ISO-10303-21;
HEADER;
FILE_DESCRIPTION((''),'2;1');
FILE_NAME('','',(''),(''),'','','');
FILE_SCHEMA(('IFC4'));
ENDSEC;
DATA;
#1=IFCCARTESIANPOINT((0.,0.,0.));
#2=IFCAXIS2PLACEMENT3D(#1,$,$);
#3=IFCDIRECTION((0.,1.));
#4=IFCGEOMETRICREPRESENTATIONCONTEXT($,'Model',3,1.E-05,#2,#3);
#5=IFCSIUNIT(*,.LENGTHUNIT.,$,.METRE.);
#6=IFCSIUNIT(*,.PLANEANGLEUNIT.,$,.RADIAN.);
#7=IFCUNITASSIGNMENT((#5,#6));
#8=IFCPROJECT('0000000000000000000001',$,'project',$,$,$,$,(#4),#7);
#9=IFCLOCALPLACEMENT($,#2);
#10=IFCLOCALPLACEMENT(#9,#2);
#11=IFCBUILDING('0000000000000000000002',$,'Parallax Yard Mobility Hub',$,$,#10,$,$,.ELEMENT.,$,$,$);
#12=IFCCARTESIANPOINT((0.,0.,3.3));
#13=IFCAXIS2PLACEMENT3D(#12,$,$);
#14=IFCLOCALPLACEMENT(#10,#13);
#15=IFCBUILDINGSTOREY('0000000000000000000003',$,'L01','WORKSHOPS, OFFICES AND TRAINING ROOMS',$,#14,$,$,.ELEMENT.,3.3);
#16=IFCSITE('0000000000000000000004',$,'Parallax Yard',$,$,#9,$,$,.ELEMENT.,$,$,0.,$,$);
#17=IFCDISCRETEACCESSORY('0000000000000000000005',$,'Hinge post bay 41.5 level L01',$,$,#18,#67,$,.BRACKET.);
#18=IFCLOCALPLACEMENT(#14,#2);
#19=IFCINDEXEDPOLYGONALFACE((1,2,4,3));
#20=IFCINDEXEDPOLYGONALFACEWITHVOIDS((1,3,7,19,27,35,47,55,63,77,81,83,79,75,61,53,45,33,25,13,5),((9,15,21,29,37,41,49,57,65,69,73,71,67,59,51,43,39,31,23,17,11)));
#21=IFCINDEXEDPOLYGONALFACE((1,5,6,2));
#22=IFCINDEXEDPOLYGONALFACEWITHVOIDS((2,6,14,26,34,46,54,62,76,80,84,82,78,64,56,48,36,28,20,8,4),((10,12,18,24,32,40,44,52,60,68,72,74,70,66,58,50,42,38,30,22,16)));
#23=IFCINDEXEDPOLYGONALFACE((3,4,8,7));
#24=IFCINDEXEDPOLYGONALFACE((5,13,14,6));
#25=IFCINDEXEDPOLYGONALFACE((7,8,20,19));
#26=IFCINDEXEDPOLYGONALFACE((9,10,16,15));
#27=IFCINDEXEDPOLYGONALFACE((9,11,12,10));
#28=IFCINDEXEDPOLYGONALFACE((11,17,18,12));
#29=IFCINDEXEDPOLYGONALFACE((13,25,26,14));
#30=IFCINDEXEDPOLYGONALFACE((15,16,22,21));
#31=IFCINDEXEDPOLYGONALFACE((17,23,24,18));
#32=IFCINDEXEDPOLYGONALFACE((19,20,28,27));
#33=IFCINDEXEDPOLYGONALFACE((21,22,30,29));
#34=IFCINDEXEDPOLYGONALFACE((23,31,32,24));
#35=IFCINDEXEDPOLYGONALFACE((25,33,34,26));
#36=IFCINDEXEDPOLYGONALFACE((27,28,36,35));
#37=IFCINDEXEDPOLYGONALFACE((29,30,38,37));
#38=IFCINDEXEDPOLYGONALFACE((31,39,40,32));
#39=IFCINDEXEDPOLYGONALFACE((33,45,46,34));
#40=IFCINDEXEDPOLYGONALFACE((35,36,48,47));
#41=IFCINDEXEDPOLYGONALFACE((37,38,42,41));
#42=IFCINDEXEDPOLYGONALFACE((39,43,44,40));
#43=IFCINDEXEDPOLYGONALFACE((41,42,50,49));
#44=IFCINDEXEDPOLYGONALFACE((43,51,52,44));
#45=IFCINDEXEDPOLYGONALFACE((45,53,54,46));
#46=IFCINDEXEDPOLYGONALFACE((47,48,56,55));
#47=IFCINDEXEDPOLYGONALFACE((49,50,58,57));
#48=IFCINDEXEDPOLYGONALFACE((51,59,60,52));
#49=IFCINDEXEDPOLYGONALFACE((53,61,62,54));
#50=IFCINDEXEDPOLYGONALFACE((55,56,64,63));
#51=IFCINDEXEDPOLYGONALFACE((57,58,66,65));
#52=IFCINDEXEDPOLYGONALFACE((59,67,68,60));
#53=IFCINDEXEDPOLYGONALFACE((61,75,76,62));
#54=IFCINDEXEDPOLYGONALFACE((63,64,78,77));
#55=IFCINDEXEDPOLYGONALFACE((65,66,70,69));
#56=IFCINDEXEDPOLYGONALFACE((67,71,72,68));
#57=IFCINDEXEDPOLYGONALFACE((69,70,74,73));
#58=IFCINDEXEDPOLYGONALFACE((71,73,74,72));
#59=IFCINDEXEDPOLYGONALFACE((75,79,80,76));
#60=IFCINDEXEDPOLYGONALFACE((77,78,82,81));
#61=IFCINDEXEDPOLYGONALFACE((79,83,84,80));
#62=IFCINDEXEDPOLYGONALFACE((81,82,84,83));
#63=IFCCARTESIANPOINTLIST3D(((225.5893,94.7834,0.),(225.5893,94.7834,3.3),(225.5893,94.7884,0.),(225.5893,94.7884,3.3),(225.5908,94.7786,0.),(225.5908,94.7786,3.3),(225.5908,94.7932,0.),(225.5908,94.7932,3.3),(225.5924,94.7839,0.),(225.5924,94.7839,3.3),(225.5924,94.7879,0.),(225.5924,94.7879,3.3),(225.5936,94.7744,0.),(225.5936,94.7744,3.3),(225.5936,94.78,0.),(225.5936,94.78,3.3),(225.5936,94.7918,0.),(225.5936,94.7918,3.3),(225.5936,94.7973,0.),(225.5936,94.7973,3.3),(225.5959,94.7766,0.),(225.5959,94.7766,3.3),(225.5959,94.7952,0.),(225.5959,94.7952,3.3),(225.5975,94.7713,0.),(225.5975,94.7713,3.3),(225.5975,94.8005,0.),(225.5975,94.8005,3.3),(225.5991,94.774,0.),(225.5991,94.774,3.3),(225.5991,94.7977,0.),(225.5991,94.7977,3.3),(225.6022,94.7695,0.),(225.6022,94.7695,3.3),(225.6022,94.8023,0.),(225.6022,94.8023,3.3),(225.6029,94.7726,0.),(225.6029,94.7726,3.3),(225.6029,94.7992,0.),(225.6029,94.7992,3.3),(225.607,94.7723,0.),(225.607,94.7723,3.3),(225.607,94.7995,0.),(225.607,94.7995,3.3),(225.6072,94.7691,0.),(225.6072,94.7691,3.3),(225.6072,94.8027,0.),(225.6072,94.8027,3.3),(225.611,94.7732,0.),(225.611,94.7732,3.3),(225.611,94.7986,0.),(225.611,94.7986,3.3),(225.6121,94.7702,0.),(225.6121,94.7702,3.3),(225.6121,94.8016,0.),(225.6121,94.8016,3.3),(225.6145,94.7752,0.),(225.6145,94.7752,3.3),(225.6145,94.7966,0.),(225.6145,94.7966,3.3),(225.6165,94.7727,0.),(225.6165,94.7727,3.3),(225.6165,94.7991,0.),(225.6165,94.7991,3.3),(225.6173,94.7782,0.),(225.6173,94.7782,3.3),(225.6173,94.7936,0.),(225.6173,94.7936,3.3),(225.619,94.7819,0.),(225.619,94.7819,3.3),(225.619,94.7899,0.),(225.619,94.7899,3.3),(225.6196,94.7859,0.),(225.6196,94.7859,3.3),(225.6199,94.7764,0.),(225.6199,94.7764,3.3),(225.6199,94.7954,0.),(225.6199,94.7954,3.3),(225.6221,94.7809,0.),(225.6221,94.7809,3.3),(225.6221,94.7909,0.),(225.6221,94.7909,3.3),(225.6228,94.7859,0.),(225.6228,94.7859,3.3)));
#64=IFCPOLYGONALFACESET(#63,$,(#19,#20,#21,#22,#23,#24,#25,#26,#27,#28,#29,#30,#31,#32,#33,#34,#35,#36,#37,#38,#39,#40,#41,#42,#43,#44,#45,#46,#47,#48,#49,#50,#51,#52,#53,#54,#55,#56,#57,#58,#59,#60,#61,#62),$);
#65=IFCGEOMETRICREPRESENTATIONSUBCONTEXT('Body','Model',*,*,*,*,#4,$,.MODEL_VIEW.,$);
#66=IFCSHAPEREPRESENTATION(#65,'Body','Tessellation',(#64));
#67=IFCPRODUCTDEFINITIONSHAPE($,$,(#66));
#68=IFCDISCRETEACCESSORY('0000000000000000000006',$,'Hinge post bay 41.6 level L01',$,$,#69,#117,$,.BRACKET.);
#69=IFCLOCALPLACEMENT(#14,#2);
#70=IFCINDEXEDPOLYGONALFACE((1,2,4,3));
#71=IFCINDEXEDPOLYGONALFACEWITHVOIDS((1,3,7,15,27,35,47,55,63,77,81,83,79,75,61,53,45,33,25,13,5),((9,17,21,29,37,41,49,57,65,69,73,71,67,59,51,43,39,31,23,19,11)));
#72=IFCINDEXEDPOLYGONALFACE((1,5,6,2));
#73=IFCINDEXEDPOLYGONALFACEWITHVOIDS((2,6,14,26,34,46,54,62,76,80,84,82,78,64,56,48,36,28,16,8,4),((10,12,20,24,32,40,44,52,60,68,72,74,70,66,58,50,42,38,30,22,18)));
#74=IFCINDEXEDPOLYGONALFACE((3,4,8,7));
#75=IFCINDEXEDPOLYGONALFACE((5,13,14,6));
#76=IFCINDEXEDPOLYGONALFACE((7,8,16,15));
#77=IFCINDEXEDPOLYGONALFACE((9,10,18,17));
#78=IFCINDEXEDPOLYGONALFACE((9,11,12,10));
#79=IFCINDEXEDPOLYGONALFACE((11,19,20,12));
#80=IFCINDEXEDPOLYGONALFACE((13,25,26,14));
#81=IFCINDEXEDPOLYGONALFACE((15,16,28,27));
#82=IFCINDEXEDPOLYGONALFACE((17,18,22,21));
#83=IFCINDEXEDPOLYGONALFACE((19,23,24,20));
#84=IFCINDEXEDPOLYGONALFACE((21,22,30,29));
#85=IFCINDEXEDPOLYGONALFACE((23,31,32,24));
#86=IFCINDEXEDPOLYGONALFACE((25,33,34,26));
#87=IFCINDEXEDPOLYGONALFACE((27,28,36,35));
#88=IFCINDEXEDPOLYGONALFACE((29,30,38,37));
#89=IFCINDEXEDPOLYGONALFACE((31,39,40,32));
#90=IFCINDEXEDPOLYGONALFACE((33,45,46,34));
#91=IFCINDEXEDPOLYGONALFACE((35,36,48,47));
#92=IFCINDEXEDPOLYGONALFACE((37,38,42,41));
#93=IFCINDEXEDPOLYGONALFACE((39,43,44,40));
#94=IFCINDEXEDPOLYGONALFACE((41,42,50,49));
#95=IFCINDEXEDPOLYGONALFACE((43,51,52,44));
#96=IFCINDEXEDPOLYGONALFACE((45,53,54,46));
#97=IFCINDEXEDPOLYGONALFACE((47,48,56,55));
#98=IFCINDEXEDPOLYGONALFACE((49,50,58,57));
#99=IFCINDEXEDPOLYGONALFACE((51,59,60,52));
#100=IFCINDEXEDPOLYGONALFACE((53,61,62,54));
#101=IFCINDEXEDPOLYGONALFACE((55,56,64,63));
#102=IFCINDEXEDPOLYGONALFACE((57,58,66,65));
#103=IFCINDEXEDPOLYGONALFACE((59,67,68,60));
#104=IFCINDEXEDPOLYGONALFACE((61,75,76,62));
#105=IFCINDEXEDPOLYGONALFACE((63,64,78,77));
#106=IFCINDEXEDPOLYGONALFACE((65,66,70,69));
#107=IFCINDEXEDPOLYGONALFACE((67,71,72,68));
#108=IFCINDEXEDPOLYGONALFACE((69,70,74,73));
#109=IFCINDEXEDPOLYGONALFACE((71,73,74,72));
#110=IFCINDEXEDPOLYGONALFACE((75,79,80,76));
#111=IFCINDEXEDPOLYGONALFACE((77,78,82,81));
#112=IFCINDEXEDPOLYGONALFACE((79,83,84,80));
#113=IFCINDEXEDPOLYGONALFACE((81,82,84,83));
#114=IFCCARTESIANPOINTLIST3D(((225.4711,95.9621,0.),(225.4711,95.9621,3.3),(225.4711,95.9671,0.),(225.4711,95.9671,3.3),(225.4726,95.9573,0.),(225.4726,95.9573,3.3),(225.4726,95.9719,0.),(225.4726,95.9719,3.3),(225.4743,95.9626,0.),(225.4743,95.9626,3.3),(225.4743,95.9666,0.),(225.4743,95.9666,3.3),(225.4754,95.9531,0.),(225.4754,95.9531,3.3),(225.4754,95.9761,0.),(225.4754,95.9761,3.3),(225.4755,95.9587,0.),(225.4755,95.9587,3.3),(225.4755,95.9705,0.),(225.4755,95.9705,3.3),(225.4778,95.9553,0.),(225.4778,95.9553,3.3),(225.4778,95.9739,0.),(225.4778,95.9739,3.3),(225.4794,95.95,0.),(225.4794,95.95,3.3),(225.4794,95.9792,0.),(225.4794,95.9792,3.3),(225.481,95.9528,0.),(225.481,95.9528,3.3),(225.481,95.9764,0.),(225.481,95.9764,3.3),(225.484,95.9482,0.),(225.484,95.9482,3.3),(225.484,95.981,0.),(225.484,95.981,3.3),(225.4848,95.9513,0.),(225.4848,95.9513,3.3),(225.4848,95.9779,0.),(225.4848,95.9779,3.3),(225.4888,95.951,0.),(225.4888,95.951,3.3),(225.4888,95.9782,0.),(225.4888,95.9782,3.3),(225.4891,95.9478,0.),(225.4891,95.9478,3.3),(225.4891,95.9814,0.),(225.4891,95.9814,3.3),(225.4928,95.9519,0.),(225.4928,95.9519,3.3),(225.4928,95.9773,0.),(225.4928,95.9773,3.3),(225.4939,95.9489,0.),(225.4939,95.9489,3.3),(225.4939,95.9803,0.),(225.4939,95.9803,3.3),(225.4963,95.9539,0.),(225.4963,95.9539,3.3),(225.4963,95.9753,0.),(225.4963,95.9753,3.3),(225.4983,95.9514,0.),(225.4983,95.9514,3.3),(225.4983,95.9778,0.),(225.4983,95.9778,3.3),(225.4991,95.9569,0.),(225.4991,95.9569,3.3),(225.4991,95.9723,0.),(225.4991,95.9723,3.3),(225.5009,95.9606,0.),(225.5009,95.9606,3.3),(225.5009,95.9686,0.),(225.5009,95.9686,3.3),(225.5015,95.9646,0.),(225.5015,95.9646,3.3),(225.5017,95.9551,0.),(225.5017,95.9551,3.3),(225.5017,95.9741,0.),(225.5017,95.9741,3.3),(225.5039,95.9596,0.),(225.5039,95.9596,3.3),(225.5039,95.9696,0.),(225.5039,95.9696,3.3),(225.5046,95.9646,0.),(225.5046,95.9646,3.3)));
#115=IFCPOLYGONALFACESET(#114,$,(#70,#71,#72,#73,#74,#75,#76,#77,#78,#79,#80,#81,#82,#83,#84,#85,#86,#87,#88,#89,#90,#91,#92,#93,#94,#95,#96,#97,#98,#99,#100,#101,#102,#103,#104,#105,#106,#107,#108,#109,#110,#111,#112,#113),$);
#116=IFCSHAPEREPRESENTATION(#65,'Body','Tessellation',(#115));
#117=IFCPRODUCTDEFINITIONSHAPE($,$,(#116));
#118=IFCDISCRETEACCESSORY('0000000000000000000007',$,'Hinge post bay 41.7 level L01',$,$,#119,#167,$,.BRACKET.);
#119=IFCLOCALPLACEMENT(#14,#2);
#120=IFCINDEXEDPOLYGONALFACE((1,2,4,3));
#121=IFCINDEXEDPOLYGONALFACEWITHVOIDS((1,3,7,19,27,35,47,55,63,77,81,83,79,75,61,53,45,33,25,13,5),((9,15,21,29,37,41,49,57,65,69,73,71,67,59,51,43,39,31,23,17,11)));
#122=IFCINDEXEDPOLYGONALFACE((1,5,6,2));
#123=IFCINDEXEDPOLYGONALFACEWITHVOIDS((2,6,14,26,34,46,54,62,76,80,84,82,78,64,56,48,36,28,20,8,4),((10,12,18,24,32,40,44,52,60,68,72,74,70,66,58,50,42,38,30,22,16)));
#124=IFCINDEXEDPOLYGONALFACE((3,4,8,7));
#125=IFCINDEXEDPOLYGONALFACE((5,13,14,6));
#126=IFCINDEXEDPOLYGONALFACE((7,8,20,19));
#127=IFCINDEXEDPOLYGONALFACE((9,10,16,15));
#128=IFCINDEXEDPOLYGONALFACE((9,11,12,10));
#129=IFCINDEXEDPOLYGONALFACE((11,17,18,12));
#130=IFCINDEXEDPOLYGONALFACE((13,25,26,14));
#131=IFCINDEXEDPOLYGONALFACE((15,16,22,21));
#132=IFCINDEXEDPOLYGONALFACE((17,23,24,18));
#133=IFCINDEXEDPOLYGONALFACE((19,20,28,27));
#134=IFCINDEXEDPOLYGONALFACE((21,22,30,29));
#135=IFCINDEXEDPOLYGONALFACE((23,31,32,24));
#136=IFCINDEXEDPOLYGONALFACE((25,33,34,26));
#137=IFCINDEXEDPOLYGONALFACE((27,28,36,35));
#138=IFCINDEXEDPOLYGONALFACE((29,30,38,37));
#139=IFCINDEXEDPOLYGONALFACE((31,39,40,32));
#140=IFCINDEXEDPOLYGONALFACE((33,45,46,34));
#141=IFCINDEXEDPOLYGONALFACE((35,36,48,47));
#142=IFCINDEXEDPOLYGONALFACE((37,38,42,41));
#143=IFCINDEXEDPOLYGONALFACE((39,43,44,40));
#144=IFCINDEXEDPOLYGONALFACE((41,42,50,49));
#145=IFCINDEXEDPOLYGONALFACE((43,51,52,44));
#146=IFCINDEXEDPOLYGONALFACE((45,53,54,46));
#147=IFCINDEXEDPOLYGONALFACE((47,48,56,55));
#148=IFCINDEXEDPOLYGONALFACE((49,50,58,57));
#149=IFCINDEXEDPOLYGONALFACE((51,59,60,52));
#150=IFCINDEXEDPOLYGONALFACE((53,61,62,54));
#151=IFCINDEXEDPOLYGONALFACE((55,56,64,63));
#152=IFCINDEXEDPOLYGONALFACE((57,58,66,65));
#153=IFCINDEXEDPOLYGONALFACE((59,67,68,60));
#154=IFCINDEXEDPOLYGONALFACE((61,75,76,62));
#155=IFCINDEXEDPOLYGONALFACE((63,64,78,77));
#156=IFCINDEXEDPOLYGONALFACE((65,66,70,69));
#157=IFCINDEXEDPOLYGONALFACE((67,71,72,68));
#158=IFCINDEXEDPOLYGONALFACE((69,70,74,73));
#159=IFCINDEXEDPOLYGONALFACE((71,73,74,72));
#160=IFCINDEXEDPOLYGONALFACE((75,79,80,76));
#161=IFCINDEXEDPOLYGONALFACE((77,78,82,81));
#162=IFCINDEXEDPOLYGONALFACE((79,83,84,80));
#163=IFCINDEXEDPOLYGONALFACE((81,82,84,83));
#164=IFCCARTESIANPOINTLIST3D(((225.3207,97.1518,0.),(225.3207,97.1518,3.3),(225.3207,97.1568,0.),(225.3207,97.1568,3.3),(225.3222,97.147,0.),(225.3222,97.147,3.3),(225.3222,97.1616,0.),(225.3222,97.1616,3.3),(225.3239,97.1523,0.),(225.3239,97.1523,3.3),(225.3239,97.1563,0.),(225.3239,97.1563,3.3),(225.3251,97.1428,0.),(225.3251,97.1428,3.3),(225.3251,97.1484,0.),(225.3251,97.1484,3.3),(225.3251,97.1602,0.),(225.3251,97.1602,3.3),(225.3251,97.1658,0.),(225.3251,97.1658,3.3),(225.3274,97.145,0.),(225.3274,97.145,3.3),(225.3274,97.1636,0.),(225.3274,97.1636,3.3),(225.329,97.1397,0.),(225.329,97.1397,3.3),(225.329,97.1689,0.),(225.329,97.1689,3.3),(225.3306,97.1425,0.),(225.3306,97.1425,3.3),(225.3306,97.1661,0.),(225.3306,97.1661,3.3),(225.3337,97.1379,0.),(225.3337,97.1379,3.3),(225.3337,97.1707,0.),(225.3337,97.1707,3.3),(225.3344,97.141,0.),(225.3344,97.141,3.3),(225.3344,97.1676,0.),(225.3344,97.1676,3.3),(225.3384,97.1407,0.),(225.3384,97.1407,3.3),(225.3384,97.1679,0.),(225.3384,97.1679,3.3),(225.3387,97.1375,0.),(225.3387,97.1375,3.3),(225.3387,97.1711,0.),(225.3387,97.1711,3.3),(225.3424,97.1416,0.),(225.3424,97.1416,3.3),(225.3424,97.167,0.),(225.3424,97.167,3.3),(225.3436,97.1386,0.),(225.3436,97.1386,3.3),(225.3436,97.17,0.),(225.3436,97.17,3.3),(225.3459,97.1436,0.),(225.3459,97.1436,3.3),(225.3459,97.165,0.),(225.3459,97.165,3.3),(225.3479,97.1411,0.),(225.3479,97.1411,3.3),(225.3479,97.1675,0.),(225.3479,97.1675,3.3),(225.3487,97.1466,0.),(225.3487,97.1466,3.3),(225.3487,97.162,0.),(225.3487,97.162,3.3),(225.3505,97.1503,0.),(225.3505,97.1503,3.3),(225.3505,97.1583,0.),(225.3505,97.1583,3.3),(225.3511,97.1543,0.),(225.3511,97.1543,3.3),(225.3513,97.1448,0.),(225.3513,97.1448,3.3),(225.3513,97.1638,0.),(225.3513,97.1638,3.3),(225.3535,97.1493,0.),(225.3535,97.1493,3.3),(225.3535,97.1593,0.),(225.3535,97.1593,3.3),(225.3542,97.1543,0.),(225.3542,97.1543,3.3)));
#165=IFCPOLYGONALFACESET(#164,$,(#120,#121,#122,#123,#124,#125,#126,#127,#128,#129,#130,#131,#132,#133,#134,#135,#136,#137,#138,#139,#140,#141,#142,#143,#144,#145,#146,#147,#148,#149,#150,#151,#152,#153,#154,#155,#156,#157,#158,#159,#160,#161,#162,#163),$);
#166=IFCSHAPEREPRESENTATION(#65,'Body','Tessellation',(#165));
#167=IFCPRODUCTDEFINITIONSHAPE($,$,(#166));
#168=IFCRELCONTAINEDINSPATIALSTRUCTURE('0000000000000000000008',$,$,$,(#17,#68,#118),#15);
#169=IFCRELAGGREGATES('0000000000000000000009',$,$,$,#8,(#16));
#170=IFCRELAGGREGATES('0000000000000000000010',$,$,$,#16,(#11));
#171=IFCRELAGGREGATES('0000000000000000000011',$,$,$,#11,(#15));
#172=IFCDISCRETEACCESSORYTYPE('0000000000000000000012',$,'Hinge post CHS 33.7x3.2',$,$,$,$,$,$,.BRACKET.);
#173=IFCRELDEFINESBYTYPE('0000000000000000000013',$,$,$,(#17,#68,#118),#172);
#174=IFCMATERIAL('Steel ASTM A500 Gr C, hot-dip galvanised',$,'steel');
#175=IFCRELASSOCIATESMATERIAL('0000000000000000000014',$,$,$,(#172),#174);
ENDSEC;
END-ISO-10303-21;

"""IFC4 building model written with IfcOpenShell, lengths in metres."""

from ifc_helpers import new_model, si_unit, direction, frame, origin, origin_2d, place, context, subcontext, project, spatial, hollow_circle, extrude, material, material_profile, profile_set, type_object, element, save


model = new_model("IFC4")

# Units and contexts
model_context = context("Model", 3, precision=1e-05, world=origin(), true_north=direction((0.0, 1.0)))
body_context = subcontext(model_context, "Body", "Model", "MODEL_VIEW")
ifc_project = project(units=[si_unit("LENGTHUNIT", "METRE"), si_unit("PLANEANGLEUNIT", "RADIAN")], contexts=[model_context])

# Site, building, storey
site_placement = place(None, origin())
site = spatial("IfcSite", under=ifc_project, at=site_placement, Name="Parallax Yard", CompositionType="ELEMENT", RefElevation=0.0)
building_placement = place(site_placement, origin())
building = spatial("IfcBuilding", under=site, at=building_placement, Name="Parallax Yard Mobility Hub", CompositionType="ELEMENT")
storey_placement = place(building_placement, frame((0.0, 0.0, 3.3)))
storey = spatial("IfcBuildingStorey", under=building, at=storey_placement, Name="L01", Description="WORKSHOPS, OFFICES AND TRAINING ROOMS", CompositionType="ELEMENT", Elevation=3.3)

# Discrete accessories
ifc_material_1 = material(Name="Steel ASTM A500 Gr C, hot-dip galvanised", Category="steel")
ifc_material_profile = material_profile(ifc_material_1, hollow_circle(Radius=0.0168, WallThickness=0.0032, at=origin_2d()), Name="CHS 33.7x3.2")
ifc_profile_set = profile_set([ifc_material_profile], Name="Steel ASTM A500 Gr C, hot-dip galvanised")
discrete_accessory_type_1 = type_object("IfcDiscreteAccessoryType", Name="Hinge post CHS 33.7x3.2", PredefinedType="BRACKET", material=ifc_profile_set)
for number, where, z_axis, x_axis, name in (
    (1, (225.606, 94.7859, 0.0), (0.0, 0.0, 1.0), (1.0, 0.0, 0.0), "Hinge post bay 41.5 level L01"),
    (2, (225.4878, 95.9646, 0.0), (0.0, 0.0, 1.0), (1.0, 0.0, 0.0), "Hinge post bay 41.6 level L01"),
    (3, (225.3374, 97.1543, 0.0), (0.0, 0.0, 1.0), (1.0, 0.0, 0.0), "Hinge post bay 41.7 level L01"),
):
    element("IfcDiscreteAccessory", number, at=place(storey_placement, frame(where, z_axis=z_axis, x_axis=x_axis)), inside=storey, type_object=discrete_accessory_type_1, Name=name, PredefinedType="BRACKET", context=body_context, shape_type="SweptSolid", body=[
        extrude(hollow_circle(Radius=0.0168, WallThickness=0.0032, at=origin_2d()), origin(), (0.0, 0.0, 1.0), 3.3),
    ])

save(model, "model.ifc")
